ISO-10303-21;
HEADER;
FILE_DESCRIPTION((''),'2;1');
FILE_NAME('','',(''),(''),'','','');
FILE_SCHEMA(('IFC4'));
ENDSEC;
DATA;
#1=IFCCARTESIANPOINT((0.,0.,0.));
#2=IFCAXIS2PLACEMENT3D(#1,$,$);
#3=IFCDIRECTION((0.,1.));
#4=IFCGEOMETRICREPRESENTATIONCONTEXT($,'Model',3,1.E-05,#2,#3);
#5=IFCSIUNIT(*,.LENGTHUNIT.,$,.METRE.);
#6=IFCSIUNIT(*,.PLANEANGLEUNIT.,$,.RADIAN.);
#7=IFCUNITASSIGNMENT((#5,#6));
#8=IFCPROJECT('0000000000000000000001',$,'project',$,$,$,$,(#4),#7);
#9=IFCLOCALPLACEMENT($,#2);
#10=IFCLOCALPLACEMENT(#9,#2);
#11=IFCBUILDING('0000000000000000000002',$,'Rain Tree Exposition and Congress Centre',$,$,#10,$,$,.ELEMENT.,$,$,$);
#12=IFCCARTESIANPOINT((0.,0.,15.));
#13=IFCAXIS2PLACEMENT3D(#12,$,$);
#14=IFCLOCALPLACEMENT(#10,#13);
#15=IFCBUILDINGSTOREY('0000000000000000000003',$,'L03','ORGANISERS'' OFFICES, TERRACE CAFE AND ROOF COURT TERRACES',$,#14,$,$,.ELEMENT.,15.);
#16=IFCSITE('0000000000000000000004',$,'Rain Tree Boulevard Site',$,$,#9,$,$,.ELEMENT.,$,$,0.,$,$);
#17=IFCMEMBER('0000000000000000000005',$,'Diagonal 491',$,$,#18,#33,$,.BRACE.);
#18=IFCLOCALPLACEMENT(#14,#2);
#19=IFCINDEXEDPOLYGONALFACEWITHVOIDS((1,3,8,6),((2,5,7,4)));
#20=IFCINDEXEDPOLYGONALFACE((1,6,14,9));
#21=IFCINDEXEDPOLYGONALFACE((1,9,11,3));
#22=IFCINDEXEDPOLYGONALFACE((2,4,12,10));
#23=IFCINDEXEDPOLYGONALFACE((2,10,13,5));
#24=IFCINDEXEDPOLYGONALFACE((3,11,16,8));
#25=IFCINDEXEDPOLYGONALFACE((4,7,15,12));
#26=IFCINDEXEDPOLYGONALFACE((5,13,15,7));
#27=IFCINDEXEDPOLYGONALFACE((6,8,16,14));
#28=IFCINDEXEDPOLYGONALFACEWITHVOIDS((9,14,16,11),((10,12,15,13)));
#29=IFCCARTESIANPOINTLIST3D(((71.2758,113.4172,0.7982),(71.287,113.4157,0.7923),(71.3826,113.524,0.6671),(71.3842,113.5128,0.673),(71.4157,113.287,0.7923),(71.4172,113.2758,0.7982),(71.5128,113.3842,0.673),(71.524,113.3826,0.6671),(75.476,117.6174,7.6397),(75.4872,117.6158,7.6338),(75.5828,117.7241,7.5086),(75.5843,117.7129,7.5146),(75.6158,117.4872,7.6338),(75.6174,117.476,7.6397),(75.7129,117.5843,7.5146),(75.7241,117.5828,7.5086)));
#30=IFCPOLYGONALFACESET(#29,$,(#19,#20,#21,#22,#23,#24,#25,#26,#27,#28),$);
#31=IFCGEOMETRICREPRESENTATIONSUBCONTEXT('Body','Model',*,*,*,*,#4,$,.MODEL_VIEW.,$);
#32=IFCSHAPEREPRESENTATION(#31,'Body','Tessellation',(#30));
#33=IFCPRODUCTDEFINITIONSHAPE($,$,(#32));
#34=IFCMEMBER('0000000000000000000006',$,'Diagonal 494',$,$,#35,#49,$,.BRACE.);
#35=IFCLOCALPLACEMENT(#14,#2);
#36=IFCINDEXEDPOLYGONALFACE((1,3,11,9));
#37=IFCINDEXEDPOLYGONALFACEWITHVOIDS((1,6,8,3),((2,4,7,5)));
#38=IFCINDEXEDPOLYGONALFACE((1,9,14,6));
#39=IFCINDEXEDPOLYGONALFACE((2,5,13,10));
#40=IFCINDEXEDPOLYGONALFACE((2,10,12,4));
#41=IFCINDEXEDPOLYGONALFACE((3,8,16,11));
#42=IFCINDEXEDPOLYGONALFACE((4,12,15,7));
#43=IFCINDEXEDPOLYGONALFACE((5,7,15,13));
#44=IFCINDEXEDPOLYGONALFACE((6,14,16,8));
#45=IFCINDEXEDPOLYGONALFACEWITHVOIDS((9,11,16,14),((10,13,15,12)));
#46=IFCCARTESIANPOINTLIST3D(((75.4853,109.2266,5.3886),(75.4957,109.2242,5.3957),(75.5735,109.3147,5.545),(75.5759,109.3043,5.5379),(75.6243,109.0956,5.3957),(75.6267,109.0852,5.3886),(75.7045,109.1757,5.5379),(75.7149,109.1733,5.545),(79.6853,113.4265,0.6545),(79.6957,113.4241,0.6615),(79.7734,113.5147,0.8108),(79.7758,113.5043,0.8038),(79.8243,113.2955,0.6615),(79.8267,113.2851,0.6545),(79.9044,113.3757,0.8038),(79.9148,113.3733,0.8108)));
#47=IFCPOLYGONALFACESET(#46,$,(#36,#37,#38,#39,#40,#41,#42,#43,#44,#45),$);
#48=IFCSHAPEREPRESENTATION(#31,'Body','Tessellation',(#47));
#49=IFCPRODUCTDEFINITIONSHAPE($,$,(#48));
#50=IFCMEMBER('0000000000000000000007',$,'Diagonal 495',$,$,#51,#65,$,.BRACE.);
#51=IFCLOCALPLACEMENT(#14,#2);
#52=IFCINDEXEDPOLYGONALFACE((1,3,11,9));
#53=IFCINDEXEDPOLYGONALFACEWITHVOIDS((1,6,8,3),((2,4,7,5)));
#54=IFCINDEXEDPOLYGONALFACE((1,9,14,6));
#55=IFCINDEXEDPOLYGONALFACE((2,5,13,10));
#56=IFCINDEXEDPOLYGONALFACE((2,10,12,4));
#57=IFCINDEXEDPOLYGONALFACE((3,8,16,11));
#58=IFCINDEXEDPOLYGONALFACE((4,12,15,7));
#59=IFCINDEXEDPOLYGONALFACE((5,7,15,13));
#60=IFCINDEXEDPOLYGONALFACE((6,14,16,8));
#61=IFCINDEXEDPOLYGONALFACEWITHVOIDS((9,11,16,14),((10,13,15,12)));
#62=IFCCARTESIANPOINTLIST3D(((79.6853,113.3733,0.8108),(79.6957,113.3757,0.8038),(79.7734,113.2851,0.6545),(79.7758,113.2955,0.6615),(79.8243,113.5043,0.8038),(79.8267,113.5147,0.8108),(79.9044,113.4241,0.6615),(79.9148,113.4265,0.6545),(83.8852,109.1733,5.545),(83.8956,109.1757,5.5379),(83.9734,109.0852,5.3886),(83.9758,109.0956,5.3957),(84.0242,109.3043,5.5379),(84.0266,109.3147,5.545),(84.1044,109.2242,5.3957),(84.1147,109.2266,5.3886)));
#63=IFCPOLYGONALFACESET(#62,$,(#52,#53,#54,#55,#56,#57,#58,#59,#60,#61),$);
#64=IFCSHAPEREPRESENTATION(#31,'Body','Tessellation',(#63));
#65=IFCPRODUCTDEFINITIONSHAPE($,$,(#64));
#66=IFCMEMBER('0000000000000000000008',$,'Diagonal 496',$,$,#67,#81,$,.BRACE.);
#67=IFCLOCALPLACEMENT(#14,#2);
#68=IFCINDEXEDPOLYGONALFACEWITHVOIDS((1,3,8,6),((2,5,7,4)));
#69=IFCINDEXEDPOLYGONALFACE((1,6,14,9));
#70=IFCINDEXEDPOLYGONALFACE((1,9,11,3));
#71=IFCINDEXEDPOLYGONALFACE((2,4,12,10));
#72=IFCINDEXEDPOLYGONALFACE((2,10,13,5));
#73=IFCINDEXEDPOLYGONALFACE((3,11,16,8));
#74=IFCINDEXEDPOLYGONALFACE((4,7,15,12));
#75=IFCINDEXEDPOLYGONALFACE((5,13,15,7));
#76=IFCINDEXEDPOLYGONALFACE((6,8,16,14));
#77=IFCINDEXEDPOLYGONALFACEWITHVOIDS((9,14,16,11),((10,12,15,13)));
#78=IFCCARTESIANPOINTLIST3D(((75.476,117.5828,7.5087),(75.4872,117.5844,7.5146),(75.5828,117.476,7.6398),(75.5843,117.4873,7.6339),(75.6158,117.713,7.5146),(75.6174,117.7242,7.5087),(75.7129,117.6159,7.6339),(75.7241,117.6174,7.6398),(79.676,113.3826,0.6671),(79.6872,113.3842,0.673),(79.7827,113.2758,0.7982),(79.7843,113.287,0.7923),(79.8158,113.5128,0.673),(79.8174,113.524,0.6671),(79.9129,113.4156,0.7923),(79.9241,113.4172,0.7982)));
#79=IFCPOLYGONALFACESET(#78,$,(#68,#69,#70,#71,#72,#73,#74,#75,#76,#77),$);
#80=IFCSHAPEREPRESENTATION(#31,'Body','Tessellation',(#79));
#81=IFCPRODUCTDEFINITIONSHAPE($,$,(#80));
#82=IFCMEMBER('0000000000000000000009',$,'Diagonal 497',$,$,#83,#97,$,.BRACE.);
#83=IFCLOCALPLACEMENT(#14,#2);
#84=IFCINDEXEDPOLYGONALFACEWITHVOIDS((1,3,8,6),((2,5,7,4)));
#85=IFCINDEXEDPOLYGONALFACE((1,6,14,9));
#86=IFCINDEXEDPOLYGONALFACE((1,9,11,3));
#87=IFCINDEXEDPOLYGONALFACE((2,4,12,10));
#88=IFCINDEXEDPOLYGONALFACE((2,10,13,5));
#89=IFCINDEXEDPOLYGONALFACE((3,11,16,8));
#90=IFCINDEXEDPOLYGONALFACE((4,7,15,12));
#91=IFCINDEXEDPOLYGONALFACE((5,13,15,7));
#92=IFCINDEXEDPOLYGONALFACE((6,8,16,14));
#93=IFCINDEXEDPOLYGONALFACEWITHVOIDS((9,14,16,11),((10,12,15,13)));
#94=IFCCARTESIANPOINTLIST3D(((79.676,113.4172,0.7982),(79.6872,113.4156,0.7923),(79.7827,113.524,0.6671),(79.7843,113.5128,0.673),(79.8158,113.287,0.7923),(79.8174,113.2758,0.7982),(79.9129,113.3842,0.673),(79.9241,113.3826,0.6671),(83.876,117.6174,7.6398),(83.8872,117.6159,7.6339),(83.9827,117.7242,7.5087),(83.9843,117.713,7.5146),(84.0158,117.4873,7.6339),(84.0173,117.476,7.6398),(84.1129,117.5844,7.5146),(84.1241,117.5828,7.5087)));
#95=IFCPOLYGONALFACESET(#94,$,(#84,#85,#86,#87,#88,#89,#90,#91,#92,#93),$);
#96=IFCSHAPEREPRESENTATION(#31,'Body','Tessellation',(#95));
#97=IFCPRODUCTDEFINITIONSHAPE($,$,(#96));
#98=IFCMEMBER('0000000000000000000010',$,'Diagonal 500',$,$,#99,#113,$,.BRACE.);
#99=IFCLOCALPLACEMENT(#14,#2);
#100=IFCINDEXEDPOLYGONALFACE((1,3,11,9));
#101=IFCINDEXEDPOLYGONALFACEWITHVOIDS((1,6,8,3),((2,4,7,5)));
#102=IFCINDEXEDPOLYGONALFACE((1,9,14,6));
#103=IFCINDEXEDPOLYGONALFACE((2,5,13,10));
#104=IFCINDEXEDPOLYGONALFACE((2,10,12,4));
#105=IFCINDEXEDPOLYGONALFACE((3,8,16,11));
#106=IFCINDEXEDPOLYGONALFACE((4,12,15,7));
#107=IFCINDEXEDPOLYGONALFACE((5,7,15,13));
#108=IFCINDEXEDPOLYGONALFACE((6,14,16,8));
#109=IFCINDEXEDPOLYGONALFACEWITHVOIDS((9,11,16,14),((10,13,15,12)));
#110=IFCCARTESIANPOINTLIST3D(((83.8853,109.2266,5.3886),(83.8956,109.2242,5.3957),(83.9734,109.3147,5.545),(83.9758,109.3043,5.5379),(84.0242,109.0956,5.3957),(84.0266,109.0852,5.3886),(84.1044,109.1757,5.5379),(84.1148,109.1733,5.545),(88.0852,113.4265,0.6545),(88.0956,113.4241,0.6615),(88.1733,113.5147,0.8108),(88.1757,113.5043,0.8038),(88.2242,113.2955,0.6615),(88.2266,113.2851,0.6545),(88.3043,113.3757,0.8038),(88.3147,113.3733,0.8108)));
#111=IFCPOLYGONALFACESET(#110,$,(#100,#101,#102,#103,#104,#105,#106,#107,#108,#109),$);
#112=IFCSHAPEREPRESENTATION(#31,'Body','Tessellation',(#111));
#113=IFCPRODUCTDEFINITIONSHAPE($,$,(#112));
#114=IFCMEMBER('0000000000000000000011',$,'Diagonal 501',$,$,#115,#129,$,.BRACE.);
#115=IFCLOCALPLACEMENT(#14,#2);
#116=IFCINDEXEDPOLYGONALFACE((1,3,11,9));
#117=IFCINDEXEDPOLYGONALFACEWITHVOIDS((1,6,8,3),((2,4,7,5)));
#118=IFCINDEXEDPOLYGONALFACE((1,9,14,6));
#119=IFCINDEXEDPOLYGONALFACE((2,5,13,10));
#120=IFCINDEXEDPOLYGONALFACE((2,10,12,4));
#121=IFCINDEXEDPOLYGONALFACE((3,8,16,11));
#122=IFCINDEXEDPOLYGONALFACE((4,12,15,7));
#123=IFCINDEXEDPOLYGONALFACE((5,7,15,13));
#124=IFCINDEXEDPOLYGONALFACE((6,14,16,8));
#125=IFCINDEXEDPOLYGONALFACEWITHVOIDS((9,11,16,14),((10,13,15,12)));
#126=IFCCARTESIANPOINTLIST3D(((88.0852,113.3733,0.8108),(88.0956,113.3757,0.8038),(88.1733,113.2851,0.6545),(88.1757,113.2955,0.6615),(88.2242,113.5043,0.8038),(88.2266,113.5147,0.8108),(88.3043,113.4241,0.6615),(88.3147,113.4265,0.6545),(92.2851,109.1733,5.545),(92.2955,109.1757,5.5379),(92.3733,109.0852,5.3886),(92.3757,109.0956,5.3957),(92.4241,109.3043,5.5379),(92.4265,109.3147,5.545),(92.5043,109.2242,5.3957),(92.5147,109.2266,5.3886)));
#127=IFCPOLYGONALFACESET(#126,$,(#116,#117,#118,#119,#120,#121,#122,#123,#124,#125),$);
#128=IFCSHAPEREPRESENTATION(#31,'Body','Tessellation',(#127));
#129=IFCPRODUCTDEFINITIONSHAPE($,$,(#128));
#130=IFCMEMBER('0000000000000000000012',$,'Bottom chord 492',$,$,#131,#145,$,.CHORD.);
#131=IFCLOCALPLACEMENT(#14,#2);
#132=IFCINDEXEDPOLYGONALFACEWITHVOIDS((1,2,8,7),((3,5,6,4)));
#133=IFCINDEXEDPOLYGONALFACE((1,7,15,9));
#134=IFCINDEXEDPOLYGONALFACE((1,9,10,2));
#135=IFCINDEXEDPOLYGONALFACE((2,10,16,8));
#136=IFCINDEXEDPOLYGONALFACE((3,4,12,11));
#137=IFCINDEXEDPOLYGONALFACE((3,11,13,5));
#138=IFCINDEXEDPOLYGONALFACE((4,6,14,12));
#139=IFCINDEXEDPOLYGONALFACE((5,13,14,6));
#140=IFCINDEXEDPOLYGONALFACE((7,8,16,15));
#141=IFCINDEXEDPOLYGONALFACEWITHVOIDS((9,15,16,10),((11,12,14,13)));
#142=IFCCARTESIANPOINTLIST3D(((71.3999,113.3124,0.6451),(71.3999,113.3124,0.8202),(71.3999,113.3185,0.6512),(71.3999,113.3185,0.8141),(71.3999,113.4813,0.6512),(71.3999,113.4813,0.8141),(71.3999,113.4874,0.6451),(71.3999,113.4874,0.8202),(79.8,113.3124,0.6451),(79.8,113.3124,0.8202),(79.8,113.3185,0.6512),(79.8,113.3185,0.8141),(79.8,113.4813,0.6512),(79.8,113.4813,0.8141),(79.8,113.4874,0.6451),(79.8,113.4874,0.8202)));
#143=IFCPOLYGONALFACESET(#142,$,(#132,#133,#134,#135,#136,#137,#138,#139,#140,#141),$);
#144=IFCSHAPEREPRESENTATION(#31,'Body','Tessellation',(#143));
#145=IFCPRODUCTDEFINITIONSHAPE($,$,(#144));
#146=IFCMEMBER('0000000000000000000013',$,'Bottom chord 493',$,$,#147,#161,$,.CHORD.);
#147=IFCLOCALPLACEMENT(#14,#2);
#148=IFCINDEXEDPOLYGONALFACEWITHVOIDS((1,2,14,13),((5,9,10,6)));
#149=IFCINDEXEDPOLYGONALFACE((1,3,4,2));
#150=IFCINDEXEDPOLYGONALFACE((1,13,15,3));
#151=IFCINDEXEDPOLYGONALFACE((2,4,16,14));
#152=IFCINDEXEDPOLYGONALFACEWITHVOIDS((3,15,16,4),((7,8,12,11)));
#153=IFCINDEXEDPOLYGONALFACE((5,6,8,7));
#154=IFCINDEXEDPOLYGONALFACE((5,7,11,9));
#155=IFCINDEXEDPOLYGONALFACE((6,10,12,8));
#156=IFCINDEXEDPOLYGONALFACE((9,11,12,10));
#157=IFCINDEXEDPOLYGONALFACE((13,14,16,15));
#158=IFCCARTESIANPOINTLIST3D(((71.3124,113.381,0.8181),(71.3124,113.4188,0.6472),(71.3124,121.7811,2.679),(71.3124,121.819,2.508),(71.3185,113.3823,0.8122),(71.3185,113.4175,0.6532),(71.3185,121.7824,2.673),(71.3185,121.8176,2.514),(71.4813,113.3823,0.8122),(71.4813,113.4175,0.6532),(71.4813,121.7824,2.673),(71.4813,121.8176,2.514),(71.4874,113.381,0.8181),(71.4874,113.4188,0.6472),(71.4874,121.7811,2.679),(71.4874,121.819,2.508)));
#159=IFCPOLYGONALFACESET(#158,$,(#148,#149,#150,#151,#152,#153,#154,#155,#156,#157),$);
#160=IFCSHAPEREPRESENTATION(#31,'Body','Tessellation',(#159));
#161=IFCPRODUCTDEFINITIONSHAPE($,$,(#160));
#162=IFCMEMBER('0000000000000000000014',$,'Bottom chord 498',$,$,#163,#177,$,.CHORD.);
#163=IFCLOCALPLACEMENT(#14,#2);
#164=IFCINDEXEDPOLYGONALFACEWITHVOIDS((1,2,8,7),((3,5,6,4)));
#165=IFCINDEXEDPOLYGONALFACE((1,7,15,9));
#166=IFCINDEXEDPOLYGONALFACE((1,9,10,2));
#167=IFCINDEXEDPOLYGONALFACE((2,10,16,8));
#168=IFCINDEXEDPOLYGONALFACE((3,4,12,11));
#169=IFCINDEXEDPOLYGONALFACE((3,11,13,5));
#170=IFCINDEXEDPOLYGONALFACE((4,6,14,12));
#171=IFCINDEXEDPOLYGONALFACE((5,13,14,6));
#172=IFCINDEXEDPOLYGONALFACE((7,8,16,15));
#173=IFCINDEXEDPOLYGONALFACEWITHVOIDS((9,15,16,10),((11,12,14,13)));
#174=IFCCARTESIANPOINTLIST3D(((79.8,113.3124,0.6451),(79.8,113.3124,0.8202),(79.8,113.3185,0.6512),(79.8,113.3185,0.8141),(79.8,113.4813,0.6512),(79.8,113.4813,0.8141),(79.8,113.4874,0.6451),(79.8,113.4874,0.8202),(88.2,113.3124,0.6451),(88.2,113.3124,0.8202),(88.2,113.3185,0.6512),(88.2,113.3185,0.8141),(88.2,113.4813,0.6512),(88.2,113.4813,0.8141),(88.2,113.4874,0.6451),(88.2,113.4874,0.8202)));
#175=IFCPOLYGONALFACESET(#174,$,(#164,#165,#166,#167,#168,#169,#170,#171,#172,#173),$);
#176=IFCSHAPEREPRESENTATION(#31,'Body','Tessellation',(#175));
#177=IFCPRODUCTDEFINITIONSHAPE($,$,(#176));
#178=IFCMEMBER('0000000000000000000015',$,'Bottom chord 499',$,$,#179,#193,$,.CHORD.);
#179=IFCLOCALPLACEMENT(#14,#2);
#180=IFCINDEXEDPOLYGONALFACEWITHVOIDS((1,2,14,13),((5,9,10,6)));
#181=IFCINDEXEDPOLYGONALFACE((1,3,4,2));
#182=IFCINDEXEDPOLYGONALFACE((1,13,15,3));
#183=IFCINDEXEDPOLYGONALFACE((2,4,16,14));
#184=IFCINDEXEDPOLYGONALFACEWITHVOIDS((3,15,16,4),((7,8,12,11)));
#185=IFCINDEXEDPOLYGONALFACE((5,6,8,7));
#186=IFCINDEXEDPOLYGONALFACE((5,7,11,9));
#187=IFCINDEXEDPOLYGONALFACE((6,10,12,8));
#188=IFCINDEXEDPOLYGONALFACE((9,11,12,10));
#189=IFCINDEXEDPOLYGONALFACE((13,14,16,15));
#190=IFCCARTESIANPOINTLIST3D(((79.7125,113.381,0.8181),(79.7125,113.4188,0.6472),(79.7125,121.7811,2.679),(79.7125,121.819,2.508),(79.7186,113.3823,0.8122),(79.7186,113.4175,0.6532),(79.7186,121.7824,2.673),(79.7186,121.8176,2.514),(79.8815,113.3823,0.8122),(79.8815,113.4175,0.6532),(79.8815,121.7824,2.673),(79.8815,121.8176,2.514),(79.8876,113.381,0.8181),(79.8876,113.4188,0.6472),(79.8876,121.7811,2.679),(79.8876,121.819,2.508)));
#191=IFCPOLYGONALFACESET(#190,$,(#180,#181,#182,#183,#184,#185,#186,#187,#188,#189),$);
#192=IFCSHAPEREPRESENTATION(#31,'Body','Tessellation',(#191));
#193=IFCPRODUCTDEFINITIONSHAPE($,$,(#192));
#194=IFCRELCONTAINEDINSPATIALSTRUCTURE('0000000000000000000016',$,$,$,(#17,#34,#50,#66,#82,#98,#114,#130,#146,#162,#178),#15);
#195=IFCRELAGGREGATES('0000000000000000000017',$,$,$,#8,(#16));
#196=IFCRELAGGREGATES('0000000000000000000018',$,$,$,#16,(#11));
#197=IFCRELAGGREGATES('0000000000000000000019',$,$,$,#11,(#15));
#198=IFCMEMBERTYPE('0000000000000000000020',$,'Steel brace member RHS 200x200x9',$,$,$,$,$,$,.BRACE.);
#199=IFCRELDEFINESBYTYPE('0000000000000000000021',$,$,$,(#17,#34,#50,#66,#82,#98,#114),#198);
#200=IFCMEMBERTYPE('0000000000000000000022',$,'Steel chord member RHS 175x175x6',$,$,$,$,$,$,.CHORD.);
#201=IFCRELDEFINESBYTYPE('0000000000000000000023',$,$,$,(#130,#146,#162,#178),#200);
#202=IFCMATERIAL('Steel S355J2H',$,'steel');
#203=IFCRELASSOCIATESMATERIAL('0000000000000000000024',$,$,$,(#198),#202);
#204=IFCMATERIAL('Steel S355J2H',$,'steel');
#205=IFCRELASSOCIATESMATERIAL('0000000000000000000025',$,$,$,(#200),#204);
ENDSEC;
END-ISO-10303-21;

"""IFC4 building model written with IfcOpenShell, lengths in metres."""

from ifc_helpers import new_model, si_unit, direction, frame, origin, origin_2d, place, context, subcontext, project, spatial, hollow_rectangle, extrude, material, material_profile, profile_set, type_object, element, save


model = new_model("IFC4")

# Units and contexts
model_context = context("Model", 3, precision=1e-05, world=origin(), true_north=direction((0.0, 1.0)))
body_context = subcontext(model_context, "Body", "Model", "MODEL_VIEW")
ifc_project = project(units=[si_unit("LENGTHUNIT", "METRE"), si_unit("PLANEANGLEUNIT", "RADIAN")], contexts=[model_context])

# Site, building, storey
site_placement = place(None, origin())
site = spatial("IfcSite", under=ifc_project, at=site_placement, Name="Rain Tree Boulevard Site", CompositionType="ELEMENT", RefElevation=0.0)
building_placement = place(site_placement, origin())
building = spatial("IfcBuilding", under=site, at=building_placement, Name="Rain Tree Exposition and Congress Centre", CompositionType="ELEMENT")
storey_placement = place(building_placement, frame((0.0, 0.0, 15.0)))
storey = spatial("IfcBuildingStorey", under=building, at=storey_placement, Name="L03", Description="ORGANISERS' OFFICES, TERRACE CAFE AND ROOF COURT TERRACES", CompositionType="ELEMENT", Elevation=15.0)

# Members
ifc_material_1 = material(Name="Steel S355J2H", Category="steel")
ifc_material_profile_1 = material_profile(ifc_material_1, hollow_rectangle(XDim=0.2, YDim=0.2, WallThickness=0.009, at=origin_2d()), Name="RHS 200x200x9")
ifc_profile_set_1 = profile_set([ifc_material_profile_1], Name="Steel S355J2H")
member_type_1 = type_object("IfcMemberType", Name="Steel brace member RHS 200x200x9", PredefinedType="BRACE", material=ifc_profile_set_1)
member_1_placement = place(storey_placement, frame((71.3999, 113.3999, 0.7327), z_axis=(0.463579, 0.463579, 0.755108), x_axis=(-0.707107, 0.707107, 0.0)))
element("IfcMember", 1, at=member_1_placement, inside=storey, type_object=member_type_1, Name="Diagonal 491", PredefinedType="BRACE", context=body_context, shape_type="SweptSolid", body=[
    extrude(hollow_rectangle(XDim=0.2, YDim=0.2, WallThickness=0.009, at=origin_2d()), origin(), (0.0, 0.0, 1.0), 9.0603),
])
for number, where, z_axis, x_axis, name in (
    (2, (79.8, 113.3999, 0.7327), (-0.552955, -0.552955, 0.623283), (0.707107, -0.707107, 0.0), "Diagonal 494"),
    (3, (79.8, 113.3999, 0.7327), (0.552955, -0.552955, 0.623283), (0.707107, 0.707107, 0.0), "Diagonal 495"),
):
    element("IfcMember", number, at=place(storey_placement, frame(where, z_axis=z_axis, x_axis=x_axis)), inside=storey, type_object=member_type_1, Name=name, PredefinedType="BRACE", context=body_context, shape_type="SweptSolid", body=[
        extrude(hollow_rectangle(XDim=0.2, YDim=0.2, WallThickness=0.009, at=origin_2d()), origin(), (0.0, 0.0, 1.0), 7.5955),
    ])
for number, where, z_axis, x_axis, name in (
    (4, (79.8, 113.3999, 0.7327), (-0.463558, 0.463585, 0.755118), (-0.707127, -0.707086, 0.0), "Diagonal 496"),
    (5, (79.8, 113.3999, 0.7327), (0.463558, 0.463585, 0.755118), (-0.707127, 0.707086, 0.0), "Diagonal 497"),
):
    element("IfcMember", number, at=place(storey_placement, frame(where, z_axis=z_axis, x_axis=x_axis)), inside=storey, type_object=member_type_1, Name=name, PredefinedType="BRACE", context=body_context, shape_type="SweptSolid", body=[
        extrude(hollow_rectangle(XDim=0.2, YDim=0.2, WallThickness=0.009, at=origin_2d()), origin(), (0.0, 0.0, 1.0), 9.0603),
    ])
for number, where, z_axis, x_axis, name in (
    (6, (88.2, 113.3999, 0.7327), (-0.552955, -0.552955, 0.623283), (0.707107, -0.707107, 0.0), "Diagonal 500"),
    (7, (88.2, 113.3999, 0.7327), (0.552955, -0.552955, 0.623283), (0.707107, 0.707107, 0.0), "Diagonal 501"),
):
    element("IfcMember", number, at=place(storey_placement, frame(where, z_axis=z_axis, x_axis=x_axis)), inside=storey, type_object=member_type_1, Name=name, PredefinedType="BRACE", context=body_context, shape_type="SweptSolid", body=[
        extrude(hollow_rectangle(XDim=0.2, YDim=0.2, WallThickness=0.009, at=origin_2d()), origin(), (0.0, 0.0, 1.0), 7.5955),
    ])
ifc_material_2 = material(Name="Steel S355J2H", Category="steel")
ifc_material_profile_2 = material_profile(ifc_material_2, hollow_rectangle(XDim=0.175, YDim=0.175, WallThickness=0.0061, at=origin_2d()), Name="RHS 175x175x6")
ifc_profile_set_2 = profile_set([ifc_material_profile_2], Name="Steel S355J2H")
member_type_2 = type_object("IfcMemberType", Name="Steel chord member RHS 175x175x6", PredefinedType="CHORD", material=ifc_profile_set_2)
member_2_placement = place(storey_placement, frame((71.3999, 113.3999, 0.7327), z_axis=(1.0, 0.0, 0.0), x_axis=(0.0, 1.0, 0.0)))
element("IfcMember", 8, at=member_2_placement, inside=storey, type_object=member_type_2, Name="Bottom chord 492", PredefinedType="CHORD", context=body_context, shape_type="SweptSolid", body=[
    extrude(hollow_rectangle(XDim=0.175, YDim=0.175, WallThickness=0.0061, at=origin_2d()), origin(), (0.0, 0.0, 1.0), 8.4001),
])
member_3_placement = place(storey_placement, frame((71.3999, 113.3999, 0.7327), z_axis=(0.0, 0.976331, 0.216281), x_axis=(-1.0, 0.0, 0.0)))
element("IfcMember", 9, at=member_3_placement, inside=storey, type_object=member_type_2, Name="Bottom chord 493", PredefinedType="CHORD", context=body_context, shape_type="SweptSolid", body=[
    extrude(hollow_rectangle(XDim=0.175, YDim=0.175, WallThickness=0.0061, at=origin_2d()), origin(), (0.0, 0.0, 1.0), 8.6038),
])
member_4_placement = place(storey_placement, frame((79.8, 113.3999, 0.7327), z_axis=(1.0, 0.0, 0.0), x_axis=(0.0, 1.0, 0.0)))
element("IfcMember", 10, at=member_4_placement, inside=storey, type_object=member_type_2, Name="Bottom chord 498", PredefinedType="CHORD", context=body_context, shape_type="SweptSolid", body=[
    extrude(hollow_rectangle(XDim=0.175, YDim=0.175, WallThickness=0.0061, at=origin_2d()), origin(), (0.0, 0.0, 1.0), 8.3999),
])
member_5_placement = place(storey_placement, frame((79.8, 113.3999, 0.7327), z_axis=(0.0, 0.976331, 0.216281), x_axis=(-1.0, 0.0, 0.0)))
element("IfcMember", 11, at=member_5_placement, inside=storey, type_object=member_type_2, Name="Bottom chord 499", PredefinedType="CHORD", context=body_context, shape_type="SweptSolid", body=[
    extrude(hollow_rectangle(XDim=0.175, YDim=0.175, WallThickness=0.0061, at=origin_2d()), origin(), (0.0, 0.0, 1.0), 8.6038),
])

save(model, "model.ifc")
